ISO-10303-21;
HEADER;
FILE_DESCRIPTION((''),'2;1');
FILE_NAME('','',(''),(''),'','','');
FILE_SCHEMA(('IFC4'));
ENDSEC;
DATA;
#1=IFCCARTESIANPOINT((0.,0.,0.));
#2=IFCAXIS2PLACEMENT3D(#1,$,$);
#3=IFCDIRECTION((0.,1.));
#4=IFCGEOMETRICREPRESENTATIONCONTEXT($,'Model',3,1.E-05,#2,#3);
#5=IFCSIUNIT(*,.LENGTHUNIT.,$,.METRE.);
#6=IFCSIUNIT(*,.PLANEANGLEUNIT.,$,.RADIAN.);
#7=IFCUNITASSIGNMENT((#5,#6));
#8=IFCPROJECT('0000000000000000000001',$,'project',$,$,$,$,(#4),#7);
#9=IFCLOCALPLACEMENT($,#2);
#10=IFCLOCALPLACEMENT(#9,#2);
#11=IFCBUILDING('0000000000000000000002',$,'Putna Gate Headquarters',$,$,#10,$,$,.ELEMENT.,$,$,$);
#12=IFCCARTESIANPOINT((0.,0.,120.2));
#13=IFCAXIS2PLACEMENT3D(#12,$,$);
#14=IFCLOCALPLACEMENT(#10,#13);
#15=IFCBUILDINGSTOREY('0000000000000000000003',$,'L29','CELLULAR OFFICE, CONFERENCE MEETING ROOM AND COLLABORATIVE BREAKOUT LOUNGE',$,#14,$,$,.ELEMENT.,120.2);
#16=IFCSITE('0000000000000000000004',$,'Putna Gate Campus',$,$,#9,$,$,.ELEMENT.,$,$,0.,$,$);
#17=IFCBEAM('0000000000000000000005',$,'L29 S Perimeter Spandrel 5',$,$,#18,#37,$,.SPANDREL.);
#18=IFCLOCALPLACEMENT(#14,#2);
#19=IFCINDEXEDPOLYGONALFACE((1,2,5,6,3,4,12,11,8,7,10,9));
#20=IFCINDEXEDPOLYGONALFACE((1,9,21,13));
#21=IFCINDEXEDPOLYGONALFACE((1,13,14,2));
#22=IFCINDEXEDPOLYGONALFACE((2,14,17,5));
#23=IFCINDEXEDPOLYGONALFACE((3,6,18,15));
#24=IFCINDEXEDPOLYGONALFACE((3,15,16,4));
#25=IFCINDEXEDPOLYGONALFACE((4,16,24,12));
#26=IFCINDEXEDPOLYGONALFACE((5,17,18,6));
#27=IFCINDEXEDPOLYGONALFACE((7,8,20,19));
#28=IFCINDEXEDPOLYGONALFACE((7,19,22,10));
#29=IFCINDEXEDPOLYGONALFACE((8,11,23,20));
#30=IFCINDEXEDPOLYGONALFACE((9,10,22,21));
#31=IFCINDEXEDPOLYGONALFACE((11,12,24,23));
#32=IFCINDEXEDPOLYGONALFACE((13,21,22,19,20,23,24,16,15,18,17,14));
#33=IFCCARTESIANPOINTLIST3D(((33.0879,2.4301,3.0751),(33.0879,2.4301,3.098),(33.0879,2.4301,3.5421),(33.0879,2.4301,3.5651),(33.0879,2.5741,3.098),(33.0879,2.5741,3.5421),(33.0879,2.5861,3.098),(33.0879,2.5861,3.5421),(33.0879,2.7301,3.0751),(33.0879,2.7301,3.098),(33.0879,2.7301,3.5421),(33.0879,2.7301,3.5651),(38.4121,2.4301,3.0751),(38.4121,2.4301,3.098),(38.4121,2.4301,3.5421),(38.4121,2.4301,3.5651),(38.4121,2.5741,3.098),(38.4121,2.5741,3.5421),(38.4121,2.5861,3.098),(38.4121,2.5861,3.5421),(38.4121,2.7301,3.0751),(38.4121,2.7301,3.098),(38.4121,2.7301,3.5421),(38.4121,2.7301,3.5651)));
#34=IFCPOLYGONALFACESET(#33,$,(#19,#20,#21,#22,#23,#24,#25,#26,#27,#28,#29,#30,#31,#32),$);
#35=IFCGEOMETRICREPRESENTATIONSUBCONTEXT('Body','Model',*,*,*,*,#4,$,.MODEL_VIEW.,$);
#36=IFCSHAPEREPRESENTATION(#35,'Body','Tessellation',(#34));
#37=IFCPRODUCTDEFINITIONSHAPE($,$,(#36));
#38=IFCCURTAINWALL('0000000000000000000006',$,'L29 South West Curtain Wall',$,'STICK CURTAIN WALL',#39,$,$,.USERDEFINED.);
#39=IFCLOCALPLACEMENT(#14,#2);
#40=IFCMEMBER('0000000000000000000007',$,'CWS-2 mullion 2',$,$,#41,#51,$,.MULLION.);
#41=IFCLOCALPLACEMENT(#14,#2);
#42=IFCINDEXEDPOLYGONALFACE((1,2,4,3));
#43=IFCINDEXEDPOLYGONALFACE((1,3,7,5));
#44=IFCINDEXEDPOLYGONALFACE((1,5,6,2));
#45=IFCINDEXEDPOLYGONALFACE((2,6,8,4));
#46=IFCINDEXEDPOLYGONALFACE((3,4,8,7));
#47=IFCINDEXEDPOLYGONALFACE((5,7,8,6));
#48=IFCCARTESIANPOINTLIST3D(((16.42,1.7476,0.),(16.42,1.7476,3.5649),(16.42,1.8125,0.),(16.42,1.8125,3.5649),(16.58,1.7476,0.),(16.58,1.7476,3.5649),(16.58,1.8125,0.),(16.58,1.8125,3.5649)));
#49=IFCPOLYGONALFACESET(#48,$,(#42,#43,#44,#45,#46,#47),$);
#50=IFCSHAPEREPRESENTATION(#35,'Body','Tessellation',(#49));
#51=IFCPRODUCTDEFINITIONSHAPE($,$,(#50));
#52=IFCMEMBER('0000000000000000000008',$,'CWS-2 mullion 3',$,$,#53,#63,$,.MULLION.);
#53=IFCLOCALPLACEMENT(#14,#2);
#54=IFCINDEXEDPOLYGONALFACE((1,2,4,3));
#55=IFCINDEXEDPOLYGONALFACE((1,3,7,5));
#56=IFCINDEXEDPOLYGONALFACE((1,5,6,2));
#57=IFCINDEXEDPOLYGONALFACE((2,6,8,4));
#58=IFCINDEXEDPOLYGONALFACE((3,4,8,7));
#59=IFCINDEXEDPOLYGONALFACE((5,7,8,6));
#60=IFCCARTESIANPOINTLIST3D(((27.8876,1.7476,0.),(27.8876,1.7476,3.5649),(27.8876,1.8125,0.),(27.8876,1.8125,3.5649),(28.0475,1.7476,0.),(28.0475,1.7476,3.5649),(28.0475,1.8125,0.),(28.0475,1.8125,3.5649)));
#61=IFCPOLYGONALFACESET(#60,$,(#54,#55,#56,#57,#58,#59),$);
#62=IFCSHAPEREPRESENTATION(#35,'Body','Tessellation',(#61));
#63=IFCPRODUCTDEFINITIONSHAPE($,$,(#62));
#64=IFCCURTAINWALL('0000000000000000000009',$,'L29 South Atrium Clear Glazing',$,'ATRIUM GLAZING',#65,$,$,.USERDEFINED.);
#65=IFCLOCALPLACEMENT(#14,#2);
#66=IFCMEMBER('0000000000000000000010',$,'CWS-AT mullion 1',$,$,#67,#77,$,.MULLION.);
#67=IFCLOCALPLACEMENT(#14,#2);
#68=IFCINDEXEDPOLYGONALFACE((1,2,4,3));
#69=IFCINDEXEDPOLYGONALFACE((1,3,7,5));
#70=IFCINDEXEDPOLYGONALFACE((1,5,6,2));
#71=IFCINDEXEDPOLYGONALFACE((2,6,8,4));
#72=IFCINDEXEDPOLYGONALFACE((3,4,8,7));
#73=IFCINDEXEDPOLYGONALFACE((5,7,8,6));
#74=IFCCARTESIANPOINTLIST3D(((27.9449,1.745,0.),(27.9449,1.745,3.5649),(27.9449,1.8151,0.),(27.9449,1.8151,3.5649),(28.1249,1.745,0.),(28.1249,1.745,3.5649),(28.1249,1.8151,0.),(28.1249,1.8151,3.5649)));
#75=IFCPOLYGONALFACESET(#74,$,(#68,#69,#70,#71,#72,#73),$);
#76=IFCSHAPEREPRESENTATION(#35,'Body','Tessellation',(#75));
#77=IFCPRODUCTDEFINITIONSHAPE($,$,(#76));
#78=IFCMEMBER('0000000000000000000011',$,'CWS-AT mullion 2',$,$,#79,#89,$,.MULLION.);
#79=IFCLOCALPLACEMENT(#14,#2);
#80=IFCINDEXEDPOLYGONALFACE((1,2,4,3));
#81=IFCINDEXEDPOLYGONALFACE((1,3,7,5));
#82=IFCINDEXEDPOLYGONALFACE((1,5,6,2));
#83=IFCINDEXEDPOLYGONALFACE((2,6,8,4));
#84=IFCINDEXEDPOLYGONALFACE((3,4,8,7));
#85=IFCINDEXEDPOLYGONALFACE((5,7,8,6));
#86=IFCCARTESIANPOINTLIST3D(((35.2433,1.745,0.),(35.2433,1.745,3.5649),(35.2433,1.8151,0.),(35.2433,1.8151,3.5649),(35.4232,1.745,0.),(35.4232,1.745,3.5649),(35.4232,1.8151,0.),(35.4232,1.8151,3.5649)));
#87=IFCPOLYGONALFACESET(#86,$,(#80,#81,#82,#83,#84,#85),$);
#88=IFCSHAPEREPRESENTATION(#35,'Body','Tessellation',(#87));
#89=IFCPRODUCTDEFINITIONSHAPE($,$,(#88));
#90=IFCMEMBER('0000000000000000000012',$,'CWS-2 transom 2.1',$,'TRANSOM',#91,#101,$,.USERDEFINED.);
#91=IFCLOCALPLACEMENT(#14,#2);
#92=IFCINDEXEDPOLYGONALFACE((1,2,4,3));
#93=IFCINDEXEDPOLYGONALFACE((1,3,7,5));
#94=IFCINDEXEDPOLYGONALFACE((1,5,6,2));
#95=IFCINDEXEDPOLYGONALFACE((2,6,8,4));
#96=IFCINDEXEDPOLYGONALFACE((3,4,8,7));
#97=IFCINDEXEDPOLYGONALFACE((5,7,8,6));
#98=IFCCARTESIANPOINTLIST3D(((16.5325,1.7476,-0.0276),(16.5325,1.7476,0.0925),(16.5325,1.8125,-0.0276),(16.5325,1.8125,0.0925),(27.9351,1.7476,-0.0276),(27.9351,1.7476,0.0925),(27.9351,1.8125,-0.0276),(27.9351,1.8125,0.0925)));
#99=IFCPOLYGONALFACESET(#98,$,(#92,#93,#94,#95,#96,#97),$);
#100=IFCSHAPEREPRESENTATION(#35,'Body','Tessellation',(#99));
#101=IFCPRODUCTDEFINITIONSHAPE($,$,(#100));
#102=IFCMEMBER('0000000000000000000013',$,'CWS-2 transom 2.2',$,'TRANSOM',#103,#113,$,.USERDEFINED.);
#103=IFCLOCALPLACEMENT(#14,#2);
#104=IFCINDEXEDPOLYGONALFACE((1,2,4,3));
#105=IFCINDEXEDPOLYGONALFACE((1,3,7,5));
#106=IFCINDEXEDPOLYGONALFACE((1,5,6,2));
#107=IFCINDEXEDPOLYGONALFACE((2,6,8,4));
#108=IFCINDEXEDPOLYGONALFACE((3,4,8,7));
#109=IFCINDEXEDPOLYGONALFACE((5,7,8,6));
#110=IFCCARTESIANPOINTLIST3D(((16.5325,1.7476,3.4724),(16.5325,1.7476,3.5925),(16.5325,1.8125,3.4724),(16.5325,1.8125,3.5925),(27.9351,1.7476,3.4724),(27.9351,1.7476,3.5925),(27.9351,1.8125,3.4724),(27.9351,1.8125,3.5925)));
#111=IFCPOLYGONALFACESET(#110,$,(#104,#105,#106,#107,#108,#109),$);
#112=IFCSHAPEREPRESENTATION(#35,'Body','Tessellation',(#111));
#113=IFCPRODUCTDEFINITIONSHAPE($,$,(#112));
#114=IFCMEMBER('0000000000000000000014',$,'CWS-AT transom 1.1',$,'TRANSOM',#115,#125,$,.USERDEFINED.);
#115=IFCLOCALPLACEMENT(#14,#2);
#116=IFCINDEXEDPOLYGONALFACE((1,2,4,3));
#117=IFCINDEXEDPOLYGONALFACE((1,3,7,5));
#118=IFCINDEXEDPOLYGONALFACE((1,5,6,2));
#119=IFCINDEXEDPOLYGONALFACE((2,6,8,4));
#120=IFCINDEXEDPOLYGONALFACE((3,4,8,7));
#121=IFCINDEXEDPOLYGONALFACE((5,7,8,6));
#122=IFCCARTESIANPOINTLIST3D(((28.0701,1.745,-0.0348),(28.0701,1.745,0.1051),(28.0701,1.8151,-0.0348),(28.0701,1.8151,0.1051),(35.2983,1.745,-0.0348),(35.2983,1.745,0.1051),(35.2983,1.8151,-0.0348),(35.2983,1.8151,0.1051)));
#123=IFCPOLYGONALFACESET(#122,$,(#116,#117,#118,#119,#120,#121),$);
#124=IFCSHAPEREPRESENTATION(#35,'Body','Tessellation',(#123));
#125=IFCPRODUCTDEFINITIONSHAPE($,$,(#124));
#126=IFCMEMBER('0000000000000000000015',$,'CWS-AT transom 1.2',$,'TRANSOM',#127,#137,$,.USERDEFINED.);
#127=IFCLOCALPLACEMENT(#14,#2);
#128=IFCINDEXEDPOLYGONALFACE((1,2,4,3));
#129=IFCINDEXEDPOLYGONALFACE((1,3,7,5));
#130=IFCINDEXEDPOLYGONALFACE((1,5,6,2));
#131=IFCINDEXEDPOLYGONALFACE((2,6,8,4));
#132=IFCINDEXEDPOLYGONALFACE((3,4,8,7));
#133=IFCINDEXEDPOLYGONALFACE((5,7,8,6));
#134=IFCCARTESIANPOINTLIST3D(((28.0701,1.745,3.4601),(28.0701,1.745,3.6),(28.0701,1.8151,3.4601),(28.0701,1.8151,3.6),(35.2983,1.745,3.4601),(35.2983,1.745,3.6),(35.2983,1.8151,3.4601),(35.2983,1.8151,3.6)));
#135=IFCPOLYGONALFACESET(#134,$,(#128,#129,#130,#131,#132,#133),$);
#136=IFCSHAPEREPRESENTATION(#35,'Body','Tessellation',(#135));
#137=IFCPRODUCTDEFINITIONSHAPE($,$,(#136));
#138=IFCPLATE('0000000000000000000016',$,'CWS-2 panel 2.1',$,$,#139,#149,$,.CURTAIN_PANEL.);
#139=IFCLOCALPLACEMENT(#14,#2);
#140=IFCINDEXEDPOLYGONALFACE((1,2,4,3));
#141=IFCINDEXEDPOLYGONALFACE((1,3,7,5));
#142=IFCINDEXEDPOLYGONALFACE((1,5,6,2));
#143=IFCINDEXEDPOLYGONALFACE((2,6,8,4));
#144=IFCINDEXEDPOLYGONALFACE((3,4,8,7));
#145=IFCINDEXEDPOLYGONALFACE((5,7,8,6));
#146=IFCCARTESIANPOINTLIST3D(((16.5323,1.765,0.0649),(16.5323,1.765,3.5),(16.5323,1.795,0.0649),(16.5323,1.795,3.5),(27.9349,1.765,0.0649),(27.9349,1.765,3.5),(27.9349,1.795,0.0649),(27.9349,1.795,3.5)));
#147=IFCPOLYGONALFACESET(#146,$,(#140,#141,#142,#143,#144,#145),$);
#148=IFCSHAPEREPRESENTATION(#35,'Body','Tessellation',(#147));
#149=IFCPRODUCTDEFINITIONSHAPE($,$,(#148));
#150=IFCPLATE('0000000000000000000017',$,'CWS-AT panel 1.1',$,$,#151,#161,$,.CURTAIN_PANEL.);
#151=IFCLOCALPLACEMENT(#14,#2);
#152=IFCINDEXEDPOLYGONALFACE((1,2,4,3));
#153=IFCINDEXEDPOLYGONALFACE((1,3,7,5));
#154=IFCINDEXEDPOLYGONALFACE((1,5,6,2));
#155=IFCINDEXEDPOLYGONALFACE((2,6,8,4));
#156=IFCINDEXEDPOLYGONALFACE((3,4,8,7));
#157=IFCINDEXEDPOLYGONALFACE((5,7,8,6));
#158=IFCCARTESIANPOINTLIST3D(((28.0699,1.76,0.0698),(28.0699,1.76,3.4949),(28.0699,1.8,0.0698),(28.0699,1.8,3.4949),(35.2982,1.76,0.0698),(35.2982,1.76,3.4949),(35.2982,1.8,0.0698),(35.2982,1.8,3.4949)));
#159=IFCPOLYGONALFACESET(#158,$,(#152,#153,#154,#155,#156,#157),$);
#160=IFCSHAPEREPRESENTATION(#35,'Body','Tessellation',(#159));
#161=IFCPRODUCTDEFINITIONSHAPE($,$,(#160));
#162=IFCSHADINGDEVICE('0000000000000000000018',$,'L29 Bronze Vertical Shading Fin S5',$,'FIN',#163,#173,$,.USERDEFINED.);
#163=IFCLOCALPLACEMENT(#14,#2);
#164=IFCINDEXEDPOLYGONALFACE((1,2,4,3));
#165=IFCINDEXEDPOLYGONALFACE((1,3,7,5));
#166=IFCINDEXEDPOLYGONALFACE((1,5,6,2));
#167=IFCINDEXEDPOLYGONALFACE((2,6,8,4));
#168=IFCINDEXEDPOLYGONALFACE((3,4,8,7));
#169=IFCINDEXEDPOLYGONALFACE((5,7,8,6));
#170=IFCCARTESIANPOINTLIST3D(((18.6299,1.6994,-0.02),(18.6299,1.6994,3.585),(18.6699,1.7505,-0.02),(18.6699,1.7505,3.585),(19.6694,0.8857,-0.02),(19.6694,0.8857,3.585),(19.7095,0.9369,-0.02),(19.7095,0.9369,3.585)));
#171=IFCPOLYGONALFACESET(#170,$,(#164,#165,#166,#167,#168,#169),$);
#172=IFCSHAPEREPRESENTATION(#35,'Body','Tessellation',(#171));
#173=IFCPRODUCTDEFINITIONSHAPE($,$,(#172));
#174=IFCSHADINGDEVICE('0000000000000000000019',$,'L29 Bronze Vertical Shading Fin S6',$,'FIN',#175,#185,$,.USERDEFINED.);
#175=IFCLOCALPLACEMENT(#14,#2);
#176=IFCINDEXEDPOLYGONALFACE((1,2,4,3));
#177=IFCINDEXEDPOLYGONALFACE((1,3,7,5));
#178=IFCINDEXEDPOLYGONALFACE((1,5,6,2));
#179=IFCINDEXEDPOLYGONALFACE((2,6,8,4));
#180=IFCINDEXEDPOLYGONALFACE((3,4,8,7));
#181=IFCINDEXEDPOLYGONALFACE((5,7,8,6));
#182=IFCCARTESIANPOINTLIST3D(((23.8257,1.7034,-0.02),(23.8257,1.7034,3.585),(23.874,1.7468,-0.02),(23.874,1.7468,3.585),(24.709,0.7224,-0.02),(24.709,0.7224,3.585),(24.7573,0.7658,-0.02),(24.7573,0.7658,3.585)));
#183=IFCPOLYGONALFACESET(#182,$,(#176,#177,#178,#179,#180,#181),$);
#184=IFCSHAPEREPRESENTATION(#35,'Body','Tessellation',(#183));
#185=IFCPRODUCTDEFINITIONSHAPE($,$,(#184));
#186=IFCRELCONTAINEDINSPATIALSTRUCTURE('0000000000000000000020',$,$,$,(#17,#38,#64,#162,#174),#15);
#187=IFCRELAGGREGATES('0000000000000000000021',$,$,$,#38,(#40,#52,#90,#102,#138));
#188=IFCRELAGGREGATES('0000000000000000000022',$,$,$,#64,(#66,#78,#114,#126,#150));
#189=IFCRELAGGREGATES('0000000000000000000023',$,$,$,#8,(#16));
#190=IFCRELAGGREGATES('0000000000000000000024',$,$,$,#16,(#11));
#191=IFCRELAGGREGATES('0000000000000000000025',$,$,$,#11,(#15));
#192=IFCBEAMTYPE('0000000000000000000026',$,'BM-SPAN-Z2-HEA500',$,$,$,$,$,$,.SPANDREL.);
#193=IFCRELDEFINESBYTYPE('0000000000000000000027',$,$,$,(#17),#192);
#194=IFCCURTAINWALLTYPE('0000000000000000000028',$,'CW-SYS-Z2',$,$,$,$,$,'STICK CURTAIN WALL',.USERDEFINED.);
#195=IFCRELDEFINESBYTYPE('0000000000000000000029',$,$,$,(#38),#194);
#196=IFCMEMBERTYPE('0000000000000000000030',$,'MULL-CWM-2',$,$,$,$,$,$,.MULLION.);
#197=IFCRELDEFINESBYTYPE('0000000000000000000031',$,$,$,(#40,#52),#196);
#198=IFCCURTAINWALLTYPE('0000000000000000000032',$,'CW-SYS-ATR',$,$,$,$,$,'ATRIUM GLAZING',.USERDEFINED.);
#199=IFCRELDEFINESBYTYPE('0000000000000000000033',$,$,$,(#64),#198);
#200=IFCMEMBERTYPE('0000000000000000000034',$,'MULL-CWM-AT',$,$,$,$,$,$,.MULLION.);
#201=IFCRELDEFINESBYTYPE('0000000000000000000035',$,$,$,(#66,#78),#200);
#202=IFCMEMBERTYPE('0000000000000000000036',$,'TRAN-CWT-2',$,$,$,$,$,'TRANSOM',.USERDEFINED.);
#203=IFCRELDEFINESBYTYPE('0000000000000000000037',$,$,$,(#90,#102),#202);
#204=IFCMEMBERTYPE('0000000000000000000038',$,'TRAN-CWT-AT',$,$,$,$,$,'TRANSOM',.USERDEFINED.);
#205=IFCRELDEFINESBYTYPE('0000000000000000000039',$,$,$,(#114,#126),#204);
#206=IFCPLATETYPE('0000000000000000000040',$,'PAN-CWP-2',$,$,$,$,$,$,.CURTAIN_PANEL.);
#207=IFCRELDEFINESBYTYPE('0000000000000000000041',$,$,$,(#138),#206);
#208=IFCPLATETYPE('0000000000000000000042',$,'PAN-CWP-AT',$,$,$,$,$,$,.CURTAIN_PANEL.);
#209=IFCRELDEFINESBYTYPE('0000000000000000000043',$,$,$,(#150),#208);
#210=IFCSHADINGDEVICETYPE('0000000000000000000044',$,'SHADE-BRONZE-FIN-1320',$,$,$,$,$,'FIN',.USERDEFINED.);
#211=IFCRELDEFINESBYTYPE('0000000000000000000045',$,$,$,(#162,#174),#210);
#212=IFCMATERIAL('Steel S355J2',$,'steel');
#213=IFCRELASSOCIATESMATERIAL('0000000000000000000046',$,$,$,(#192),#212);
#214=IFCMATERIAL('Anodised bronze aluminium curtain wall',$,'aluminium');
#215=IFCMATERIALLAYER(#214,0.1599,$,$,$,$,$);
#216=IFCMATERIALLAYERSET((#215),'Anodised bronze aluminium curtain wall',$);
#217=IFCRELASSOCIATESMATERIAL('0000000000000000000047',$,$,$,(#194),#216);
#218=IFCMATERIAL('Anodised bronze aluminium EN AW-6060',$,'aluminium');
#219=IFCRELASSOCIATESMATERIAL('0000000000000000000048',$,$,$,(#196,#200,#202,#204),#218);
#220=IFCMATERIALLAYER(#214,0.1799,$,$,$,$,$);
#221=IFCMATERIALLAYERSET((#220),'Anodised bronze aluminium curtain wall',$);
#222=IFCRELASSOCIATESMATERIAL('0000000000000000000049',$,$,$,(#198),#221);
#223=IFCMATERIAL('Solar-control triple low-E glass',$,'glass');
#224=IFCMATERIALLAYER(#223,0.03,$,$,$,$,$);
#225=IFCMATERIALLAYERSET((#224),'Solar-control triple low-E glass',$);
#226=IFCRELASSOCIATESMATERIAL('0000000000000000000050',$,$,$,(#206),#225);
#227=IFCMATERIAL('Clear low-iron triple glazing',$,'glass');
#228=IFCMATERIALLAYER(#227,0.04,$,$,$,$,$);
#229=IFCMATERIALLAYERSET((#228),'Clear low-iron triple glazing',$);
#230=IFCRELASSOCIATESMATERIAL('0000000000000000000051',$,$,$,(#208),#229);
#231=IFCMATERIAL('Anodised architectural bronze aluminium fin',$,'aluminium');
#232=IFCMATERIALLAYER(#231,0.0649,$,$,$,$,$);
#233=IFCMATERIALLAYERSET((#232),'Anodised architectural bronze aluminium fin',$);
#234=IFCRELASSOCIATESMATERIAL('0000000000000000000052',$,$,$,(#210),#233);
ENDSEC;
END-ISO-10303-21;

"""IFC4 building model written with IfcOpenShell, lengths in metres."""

from ifc_helpers import new_model, si_unit, direction, frame, origin, origin_2d, place, context, subcontext, project, spatial, rectangle, i_section, extrude, material, layer, layer_set, material_profile, profile_set, type_object, element, aggregate, save


model = new_model("IFC4")

# Units and contexts
model_context = context("Model", 3, precision=1e-05, world=origin(), true_north=direction((0.0, 1.0)))
body_context = subcontext(model_context, "Body", "Model", "MODEL_VIEW")
ifc_project = project(units=[si_unit("LENGTHUNIT", "METRE"), si_unit("PLANEANGLEUNIT", "RADIAN")], contexts=[model_context])

# Site, building, storey
site_placement = place(None, origin())
site = spatial("IfcSite", under=ifc_project, at=site_placement, Name="Putna Gate Campus", CompositionType="ELEMENT", RefElevation=0.0)
building_placement = place(site_placement, origin())
building = spatial("IfcBuilding", under=site, at=building_placement, Name="Putna Gate Headquarters", CompositionType="ELEMENT")
storey_placement = place(building_placement, frame((0.0, 0.0, 120.2)))
storey = spatial("IfcBuildingStorey", under=building, at=storey_placement, Name="L29", Description="CELLULAR OFFICE, CONFERENCE MEETING ROOM AND COLLABORATIVE BREAKOUT LOUNGE", CompositionType="ELEMENT", Elevation=120.2)

# Beam
ifc_material_1 = material(Name="Steel S355J2", Category="steel")
ifc_material_profile_1 = material_profile(ifc_material_1, i_section(OverallWidth=0.3, OverallDepth=0.49, WebThickness=0.012, FlangeThickness=0.0229, at=origin_2d()), Name="Steel S355J2")
ifc_profile_set_1 = profile_set([ifc_material_profile_1], Name="Steel S355J2")
beam_type_1 = type_object("IfcBeamType", Name="BM-SPAN-Z2-HEA500", PredefinedType="SPANDREL", material=ifc_profile_set_1)
for number, where, z_axis, x_axis, name in (
    (1, (33.0879, 2.5801, 3.3201), (1.0, 0.0, 0.0), (0.0, 1.0, 0.0), "L29 S Perimeter Spandrel 5"),
):
    element("IfcBeam", number, at=place(storey_placement, frame(where, z_axis=z_axis, x_axis=x_axis)), inside=storey, type_object=beam_type_1, Name=name, PredefinedType="SPANDREL", context=body_context, shape_type="SweptSolid", body=[
        extrude(i_section(OverallWidth=0.3, OverallDepth=0.49, WebThickness=0.012, FlangeThickness=0.0229, at=origin_2d()), origin(), (0.0, 0.0, 1.0), 5.3242),
    ])

# Curtain walls, members
ifc_material_2 = material(Name="Anodised bronze aluminium curtain wall", Category="aluminium")
ifc_layer_1 = layer(ifc_material_2, 0.1599)
ifc_layer_set_1 = layer_set([ifc_layer_1], Name="Anodised bronze aluminium curtain wall")
curtain_wall_type_1 = type_object("IfcCurtainWallType", Name="CW-SYS-Z2", ElementType="STICK CURTAIN WALL", PredefinedType="USERDEFINED", material=ifc_layer_set_1)
curtain_wall_1_placement = place(storey_placement, origin())
curtain_wall_1 = element("IfcCurtainWall", 2, at=curtain_wall_1_placement, inside=storey, type_object=curtain_wall_type_1, Name="L29 South West Curtain Wall", ObjectType="STICK CURTAIN WALL", PredefinedType="USERDEFINED")
ifc_material_3 = material(Name="Anodised bronze aluminium EN AW-6060", Category="aluminium")
ifc_material_profile_2 = material_profile(ifc_material_3, rectangle(XDim=0.0649, YDim=0.1599, at=origin_2d()), Name="Anodised bronze aluminium EN AW-6060")
ifc_profile_set_2 = profile_set([ifc_material_profile_2], Name="Anodised bronze aluminium EN AW-6060")
member_type_1 = type_object("IfcMemberType", Name="MULL-CWM-2", PredefinedType="MULLION", material=ifc_profile_set_2)
member_1_placement = place(storey_placement, frame((16.5, 1.78, 0.0), z_axis=(0.0, 0.0, 1.0), x_axis=(0.0, 1.0, 0.0)))
member_1 = element("IfcMember", 3, at=member_1_placement, type_object=member_type_1, Name="CWS-2 mullion 2", PredefinedType="MULLION", context=body_context, shape_type="SweptSolid", body=[
    extrude(rectangle(XDim=0.0649, YDim=0.1599, at=origin_2d()), origin(), (0.0, 0.0, 1.0), 3.5649),
])
member_2_placement = place(storey_placement, frame((27.9675, 1.78, 0.0), z_axis=(0.0, 0.0, 1.0), x_axis=(0.0, 1.0, 0.0)))
member_2 = element("IfcMember", 4, at=member_2_placement, type_object=member_type_1, Name="CWS-2 mullion 3", PredefinedType="MULLION", context=body_context, shape_type="SweptSolid", body=[
    extrude(rectangle(XDim=0.0649, YDim=0.1599, at=origin_2d()), origin(), (0.0, 0.0, 1.0), 3.5649),
])
ifc_layer_2 = layer(ifc_material_2, 0.1799)
ifc_layer_set_2 = layer_set([ifc_layer_2], Name="Anodised bronze aluminium curtain wall")
curtain_wall_type_2 = type_object("IfcCurtainWallType", Name="CW-SYS-ATR", ElementType="ATRIUM GLAZING", PredefinedType="USERDEFINED", material=ifc_layer_set_2)
curtain_wall_2_placement = place(storey_placement, origin())
curtain_wall_2 = element("IfcCurtainWall", 5, at=curtain_wall_2_placement, inside=storey, type_object=curtain_wall_type_2, Name="L29 South Atrium Clear Glazing", ObjectType="ATRIUM GLAZING", PredefinedType="USERDEFINED")
ifc_material_profile_3 = material_profile(ifc_material_3, rectangle(XDim=0.0701, YDim=0.1799, at=origin_2d()), Name="Anodised bronze aluminium EN AW-6060")
ifc_profile_set_3 = profile_set([ifc_material_profile_3], Name="Anodised bronze aluminium EN AW-6060")
member_type_2 = type_object("IfcMemberType", Name="MULL-CWM-AT", PredefinedType="MULLION", material=ifc_profile_set_3)
member_3_placement = place(storey_placement, frame((28.0349, 1.78, 0.0), z_axis=(0.0, 0.0, 1.0), x_axis=(0.0, 1.0, 0.0)))
member_3 = element("IfcMember", 6, at=member_3_placement, type_object=member_type_2, Name="CWS-AT mullion 1", PredefinedType="MULLION", context=body_context, shape_type="SweptSolid", body=[
    extrude(rectangle(XDim=0.0701, YDim=0.1799, at=origin_2d()), origin(), (0.0, 0.0, 1.0), 3.5649),
])
member_4_placement = place(storey_placement, frame((35.3333, 1.78, 0.0), z_axis=(0.0, 0.0, 1.0), x_axis=(0.0, 1.0, 0.0)))
member_4 = element("IfcMember", 7, at=member_4_placement, type_object=member_type_2, Name="CWS-AT mullion 2", PredefinedType="MULLION", context=body_context, shape_type="SweptSolid", body=[
    extrude(rectangle(XDim=0.0701, YDim=0.1799, at=origin_2d()), origin(), (0.0, 0.0, 1.0), 3.5649),
])

# Members
ifc_material_profile_4 = material_profile(ifc_material_3, rectangle(XDim=0.0649, YDim=0.1201, at=origin_2d()), Name="Anodised bronze aluminium EN AW-6060")
ifc_profile_set_4 = profile_set([ifc_material_profile_4], Name="Anodised bronze aluminium EN AW-6060")
member_type_3 = type_object("IfcMemberType", Name="TRAN-CWT-2", ElementType="TRANSOM", PredefinedType="USERDEFINED", material=ifc_profile_set_4)
member_5_placement = place(storey_placement, frame((16.5325, 1.78, 0.0325), z_axis=(1.0, 0.0, 0.0), x_axis=(0.0, 1.0, 0.0)))
member_5 = element("IfcMember", 8, at=member_5_placement, type_object=member_type_3, Name="CWS-2 transom 2.1", ObjectType="TRANSOM", PredefinedType="USERDEFINED", context=body_context, shape_type="SweptSolid", body=[
    extrude(rectangle(XDim=0.0649, YDim=0.1201, at=origin_2d()), origin(), (0.0, 0.0, 1.0), 11.4026),
])
member_6_placement = place(storey_placement, frame((16.5325, 1.78, 3.5325), z_axis=(1.0, 0.0, 0.0), x_axis=(0.0, 1.0, 0.0)))
member_6 = element("IfcMember", 9, at=member_6_placement, type_object=member_type_3, Name="CWS-2 transom 2.2", ObjectType="TRANSOM", PredefinedType="USERDEFINED", context=body_context, shape_type="SweptSolid", body=[
    extrude(rectangle(XDim=0.0649, YDim=0.1201, at=origin_2d()), origin(), (0.0, 0.0, 1.0), 11.4026),
])
ifc_material_profile_5 = material_profile(ifc_material_3, rectangle(XDim=0.0701, YDim=0.1399, at=origin_2d()), Name="Anodised bronze aluminium EN AW-6060")
ifc_profile_set_5 = profile_set([ifc_material_profile_5], Name="Anodised bronze aluminium EN AW-6060")
member_type_4 = type_object("IfcMemberType", Name="TRAN-CWT-AT", ElementType="TRANSOM", PredefinedType="USERDEFINED", material=ifc_profile_set_5)
member_7_placement = place(storey_placement, frame((28.0701, 1.78, 0.0352), z_axis=(1.0, 0.0, 0.0), x_axis=(0.0, 1.0, 0.0)))
member_7 = element("IfcMember", 10, at=member_7_placement, type_object=member_type_4, Name="CWS-AT transom 1.1", ObjectType="TRANSOM", PredefinedType="USERDEFINED", context=body_context, shape_type="SweptSolid", body=[
    extrude(rectangle(XDim=0.0701, YDim=0.1399, at=origin_2d()), origin(), (0.0, 0.0, 1.0), 7.2283),
])
member_8_placement = place(storey_placement, frame((28.0701, 1.78, 3.53), z_axis=(1.0, 0.0, 0.0), x_axis=(0.0, 1.0, 0.0)))
member_8 = element("IfcMember", 11, at=member_8_placement, type_object=member_type_4, Name="CWS-AT transom 1.2", ObjectType="TRANSOM", PredefinedType="USERDEFINED", context=body_context, shape_type="SweptSolid", body=[
    extrude(rectangle(XDim=0.0701, YDim=0.1399, at=origin_2d()), origin(), (0.0, 0.0, 1.0), 7.2283),
])

# Plates
ifc_material_4 = material(Name="Solar-control triple low-E glass", Category="glass")
ifc_layer_3 = layer(ifc_material_4, 0.03)
ifc_layer_set_3 = layer_set([ifc_layer_3], Name="Solar-control triple low-E glass")
plate_type_1 = type_object("IfcPlateType", Name="PAN-CWP-2", PredefinedType="CURTAIN_PANEL", material=ifc_layer_set_3)
plate_1_placement = place(storey_placement, frame((22.2336, 1.78, 0.0649), z_axis=(0.0, 0.0, 1.0), x_axis=(1.0, 0.0, 0.0)))
plate_1 = element("IfcPlate", 12, at=plate_1_placement, type_object=plate_type_1, Name="CWS-2 panel 2.1", PredefinedType="CURTAIN_PANEL", context=body_context, shape_type="SweptSolid", body=[
    extrude(rectangle(XDim=11.4026, YDim=0.03, at=origin_2d()), origin(), (0.0, 0.0, 1.0), 3.4351),
])
aggregate(curtain_wall_1, [member_1, member_2, member_5, member_6, plate_1])
ifc_material_5 = material(Name="Clear low-iron triple glazing", Category="glass")
ifc_layer_4 = layer(ifc_material_5, 0.04)
ifc_layer_set_4 = layer_set([ifc_layer_4], Name="Clear low-iron triple glazing")
plate_type_2 = type_object("IfcPlateType", Name="PAN-CWP-AT", PredefinedType="CURTAIN_PANEL", material=ifc_layer_set_4)
plate_2_placement = place(storey_placement, frame((31.6841, 1.78, 0.0698), z_axis=(0.0, 0.0, 1.0), x_axis=(1.0, 0.0, 0.0)))
plate_2 = element("IfcPlate", 13, at=plate_2_placement, type_object=plate_type_2, Name="CWS-AT panel 1.1", PredefinedType="CURTAIN_PANEL", context=body_context, shape_type="SweptSolid", body=[
    extrude(rectangle(XDim=7.2283, YDim=0.04, at=origin_2d()), origin(), (0.0, 0.0, 1.0), 3.425),
])
aggregate(curtain_wall_2, [member_3, member_4, member_7, member_8, plate_2])

# Shading devices
ifc_material_6 = material(Name="Anodised architectural bronze aluminium fin", Category="aluminium")
ifc_layer_5 = layer(ifc_material_6, 0.0649)
ifc_layer_set_5 = layer_set([ifc_layer_5], Name="Anodised architectural bronze aluminium fin")
shading_device_type = type_object("IfcShadingDeviceType", Name="SHADE-BRONZE-FIN-1320", ElementType="FIN", PredefinedType="USERDEFINED", material=ifc_layer_set_5)
for number, where, z_axis, x_axis, name in (
    (14, (19.1697, 1.3181, -0.02), (0.0, 0.0, 1.0), (0.787473, -0.616349, 0.0), "L29 Bronze Vertical Shading Fin S5"),
    (15, (24.2915, 1.2346, -0.02), (0.0, 0.0, 1.0), (0.669131, -0.743145, 0.0), "L29 Bronze Vertical Shading Fin S6"),
):
    element("IfcShadingDevice", number, at=place(storey_placement, frame(where, z_axis=z_axis, x_axis=x_axis)), inside=storey, type_object=shading_device_type, Name=name, ObjectType="FIN", PredefinedType="USERDEFINED", context=body_context, shape_type="SweptSolid", body=[
        extrude(rectangle(XDim=1.3201, YDim=0.0649, at=origin_2d()), origin(), (0.0, 0.0, 1.0), 3.605),
    ])

save(model, "model.ifc")
